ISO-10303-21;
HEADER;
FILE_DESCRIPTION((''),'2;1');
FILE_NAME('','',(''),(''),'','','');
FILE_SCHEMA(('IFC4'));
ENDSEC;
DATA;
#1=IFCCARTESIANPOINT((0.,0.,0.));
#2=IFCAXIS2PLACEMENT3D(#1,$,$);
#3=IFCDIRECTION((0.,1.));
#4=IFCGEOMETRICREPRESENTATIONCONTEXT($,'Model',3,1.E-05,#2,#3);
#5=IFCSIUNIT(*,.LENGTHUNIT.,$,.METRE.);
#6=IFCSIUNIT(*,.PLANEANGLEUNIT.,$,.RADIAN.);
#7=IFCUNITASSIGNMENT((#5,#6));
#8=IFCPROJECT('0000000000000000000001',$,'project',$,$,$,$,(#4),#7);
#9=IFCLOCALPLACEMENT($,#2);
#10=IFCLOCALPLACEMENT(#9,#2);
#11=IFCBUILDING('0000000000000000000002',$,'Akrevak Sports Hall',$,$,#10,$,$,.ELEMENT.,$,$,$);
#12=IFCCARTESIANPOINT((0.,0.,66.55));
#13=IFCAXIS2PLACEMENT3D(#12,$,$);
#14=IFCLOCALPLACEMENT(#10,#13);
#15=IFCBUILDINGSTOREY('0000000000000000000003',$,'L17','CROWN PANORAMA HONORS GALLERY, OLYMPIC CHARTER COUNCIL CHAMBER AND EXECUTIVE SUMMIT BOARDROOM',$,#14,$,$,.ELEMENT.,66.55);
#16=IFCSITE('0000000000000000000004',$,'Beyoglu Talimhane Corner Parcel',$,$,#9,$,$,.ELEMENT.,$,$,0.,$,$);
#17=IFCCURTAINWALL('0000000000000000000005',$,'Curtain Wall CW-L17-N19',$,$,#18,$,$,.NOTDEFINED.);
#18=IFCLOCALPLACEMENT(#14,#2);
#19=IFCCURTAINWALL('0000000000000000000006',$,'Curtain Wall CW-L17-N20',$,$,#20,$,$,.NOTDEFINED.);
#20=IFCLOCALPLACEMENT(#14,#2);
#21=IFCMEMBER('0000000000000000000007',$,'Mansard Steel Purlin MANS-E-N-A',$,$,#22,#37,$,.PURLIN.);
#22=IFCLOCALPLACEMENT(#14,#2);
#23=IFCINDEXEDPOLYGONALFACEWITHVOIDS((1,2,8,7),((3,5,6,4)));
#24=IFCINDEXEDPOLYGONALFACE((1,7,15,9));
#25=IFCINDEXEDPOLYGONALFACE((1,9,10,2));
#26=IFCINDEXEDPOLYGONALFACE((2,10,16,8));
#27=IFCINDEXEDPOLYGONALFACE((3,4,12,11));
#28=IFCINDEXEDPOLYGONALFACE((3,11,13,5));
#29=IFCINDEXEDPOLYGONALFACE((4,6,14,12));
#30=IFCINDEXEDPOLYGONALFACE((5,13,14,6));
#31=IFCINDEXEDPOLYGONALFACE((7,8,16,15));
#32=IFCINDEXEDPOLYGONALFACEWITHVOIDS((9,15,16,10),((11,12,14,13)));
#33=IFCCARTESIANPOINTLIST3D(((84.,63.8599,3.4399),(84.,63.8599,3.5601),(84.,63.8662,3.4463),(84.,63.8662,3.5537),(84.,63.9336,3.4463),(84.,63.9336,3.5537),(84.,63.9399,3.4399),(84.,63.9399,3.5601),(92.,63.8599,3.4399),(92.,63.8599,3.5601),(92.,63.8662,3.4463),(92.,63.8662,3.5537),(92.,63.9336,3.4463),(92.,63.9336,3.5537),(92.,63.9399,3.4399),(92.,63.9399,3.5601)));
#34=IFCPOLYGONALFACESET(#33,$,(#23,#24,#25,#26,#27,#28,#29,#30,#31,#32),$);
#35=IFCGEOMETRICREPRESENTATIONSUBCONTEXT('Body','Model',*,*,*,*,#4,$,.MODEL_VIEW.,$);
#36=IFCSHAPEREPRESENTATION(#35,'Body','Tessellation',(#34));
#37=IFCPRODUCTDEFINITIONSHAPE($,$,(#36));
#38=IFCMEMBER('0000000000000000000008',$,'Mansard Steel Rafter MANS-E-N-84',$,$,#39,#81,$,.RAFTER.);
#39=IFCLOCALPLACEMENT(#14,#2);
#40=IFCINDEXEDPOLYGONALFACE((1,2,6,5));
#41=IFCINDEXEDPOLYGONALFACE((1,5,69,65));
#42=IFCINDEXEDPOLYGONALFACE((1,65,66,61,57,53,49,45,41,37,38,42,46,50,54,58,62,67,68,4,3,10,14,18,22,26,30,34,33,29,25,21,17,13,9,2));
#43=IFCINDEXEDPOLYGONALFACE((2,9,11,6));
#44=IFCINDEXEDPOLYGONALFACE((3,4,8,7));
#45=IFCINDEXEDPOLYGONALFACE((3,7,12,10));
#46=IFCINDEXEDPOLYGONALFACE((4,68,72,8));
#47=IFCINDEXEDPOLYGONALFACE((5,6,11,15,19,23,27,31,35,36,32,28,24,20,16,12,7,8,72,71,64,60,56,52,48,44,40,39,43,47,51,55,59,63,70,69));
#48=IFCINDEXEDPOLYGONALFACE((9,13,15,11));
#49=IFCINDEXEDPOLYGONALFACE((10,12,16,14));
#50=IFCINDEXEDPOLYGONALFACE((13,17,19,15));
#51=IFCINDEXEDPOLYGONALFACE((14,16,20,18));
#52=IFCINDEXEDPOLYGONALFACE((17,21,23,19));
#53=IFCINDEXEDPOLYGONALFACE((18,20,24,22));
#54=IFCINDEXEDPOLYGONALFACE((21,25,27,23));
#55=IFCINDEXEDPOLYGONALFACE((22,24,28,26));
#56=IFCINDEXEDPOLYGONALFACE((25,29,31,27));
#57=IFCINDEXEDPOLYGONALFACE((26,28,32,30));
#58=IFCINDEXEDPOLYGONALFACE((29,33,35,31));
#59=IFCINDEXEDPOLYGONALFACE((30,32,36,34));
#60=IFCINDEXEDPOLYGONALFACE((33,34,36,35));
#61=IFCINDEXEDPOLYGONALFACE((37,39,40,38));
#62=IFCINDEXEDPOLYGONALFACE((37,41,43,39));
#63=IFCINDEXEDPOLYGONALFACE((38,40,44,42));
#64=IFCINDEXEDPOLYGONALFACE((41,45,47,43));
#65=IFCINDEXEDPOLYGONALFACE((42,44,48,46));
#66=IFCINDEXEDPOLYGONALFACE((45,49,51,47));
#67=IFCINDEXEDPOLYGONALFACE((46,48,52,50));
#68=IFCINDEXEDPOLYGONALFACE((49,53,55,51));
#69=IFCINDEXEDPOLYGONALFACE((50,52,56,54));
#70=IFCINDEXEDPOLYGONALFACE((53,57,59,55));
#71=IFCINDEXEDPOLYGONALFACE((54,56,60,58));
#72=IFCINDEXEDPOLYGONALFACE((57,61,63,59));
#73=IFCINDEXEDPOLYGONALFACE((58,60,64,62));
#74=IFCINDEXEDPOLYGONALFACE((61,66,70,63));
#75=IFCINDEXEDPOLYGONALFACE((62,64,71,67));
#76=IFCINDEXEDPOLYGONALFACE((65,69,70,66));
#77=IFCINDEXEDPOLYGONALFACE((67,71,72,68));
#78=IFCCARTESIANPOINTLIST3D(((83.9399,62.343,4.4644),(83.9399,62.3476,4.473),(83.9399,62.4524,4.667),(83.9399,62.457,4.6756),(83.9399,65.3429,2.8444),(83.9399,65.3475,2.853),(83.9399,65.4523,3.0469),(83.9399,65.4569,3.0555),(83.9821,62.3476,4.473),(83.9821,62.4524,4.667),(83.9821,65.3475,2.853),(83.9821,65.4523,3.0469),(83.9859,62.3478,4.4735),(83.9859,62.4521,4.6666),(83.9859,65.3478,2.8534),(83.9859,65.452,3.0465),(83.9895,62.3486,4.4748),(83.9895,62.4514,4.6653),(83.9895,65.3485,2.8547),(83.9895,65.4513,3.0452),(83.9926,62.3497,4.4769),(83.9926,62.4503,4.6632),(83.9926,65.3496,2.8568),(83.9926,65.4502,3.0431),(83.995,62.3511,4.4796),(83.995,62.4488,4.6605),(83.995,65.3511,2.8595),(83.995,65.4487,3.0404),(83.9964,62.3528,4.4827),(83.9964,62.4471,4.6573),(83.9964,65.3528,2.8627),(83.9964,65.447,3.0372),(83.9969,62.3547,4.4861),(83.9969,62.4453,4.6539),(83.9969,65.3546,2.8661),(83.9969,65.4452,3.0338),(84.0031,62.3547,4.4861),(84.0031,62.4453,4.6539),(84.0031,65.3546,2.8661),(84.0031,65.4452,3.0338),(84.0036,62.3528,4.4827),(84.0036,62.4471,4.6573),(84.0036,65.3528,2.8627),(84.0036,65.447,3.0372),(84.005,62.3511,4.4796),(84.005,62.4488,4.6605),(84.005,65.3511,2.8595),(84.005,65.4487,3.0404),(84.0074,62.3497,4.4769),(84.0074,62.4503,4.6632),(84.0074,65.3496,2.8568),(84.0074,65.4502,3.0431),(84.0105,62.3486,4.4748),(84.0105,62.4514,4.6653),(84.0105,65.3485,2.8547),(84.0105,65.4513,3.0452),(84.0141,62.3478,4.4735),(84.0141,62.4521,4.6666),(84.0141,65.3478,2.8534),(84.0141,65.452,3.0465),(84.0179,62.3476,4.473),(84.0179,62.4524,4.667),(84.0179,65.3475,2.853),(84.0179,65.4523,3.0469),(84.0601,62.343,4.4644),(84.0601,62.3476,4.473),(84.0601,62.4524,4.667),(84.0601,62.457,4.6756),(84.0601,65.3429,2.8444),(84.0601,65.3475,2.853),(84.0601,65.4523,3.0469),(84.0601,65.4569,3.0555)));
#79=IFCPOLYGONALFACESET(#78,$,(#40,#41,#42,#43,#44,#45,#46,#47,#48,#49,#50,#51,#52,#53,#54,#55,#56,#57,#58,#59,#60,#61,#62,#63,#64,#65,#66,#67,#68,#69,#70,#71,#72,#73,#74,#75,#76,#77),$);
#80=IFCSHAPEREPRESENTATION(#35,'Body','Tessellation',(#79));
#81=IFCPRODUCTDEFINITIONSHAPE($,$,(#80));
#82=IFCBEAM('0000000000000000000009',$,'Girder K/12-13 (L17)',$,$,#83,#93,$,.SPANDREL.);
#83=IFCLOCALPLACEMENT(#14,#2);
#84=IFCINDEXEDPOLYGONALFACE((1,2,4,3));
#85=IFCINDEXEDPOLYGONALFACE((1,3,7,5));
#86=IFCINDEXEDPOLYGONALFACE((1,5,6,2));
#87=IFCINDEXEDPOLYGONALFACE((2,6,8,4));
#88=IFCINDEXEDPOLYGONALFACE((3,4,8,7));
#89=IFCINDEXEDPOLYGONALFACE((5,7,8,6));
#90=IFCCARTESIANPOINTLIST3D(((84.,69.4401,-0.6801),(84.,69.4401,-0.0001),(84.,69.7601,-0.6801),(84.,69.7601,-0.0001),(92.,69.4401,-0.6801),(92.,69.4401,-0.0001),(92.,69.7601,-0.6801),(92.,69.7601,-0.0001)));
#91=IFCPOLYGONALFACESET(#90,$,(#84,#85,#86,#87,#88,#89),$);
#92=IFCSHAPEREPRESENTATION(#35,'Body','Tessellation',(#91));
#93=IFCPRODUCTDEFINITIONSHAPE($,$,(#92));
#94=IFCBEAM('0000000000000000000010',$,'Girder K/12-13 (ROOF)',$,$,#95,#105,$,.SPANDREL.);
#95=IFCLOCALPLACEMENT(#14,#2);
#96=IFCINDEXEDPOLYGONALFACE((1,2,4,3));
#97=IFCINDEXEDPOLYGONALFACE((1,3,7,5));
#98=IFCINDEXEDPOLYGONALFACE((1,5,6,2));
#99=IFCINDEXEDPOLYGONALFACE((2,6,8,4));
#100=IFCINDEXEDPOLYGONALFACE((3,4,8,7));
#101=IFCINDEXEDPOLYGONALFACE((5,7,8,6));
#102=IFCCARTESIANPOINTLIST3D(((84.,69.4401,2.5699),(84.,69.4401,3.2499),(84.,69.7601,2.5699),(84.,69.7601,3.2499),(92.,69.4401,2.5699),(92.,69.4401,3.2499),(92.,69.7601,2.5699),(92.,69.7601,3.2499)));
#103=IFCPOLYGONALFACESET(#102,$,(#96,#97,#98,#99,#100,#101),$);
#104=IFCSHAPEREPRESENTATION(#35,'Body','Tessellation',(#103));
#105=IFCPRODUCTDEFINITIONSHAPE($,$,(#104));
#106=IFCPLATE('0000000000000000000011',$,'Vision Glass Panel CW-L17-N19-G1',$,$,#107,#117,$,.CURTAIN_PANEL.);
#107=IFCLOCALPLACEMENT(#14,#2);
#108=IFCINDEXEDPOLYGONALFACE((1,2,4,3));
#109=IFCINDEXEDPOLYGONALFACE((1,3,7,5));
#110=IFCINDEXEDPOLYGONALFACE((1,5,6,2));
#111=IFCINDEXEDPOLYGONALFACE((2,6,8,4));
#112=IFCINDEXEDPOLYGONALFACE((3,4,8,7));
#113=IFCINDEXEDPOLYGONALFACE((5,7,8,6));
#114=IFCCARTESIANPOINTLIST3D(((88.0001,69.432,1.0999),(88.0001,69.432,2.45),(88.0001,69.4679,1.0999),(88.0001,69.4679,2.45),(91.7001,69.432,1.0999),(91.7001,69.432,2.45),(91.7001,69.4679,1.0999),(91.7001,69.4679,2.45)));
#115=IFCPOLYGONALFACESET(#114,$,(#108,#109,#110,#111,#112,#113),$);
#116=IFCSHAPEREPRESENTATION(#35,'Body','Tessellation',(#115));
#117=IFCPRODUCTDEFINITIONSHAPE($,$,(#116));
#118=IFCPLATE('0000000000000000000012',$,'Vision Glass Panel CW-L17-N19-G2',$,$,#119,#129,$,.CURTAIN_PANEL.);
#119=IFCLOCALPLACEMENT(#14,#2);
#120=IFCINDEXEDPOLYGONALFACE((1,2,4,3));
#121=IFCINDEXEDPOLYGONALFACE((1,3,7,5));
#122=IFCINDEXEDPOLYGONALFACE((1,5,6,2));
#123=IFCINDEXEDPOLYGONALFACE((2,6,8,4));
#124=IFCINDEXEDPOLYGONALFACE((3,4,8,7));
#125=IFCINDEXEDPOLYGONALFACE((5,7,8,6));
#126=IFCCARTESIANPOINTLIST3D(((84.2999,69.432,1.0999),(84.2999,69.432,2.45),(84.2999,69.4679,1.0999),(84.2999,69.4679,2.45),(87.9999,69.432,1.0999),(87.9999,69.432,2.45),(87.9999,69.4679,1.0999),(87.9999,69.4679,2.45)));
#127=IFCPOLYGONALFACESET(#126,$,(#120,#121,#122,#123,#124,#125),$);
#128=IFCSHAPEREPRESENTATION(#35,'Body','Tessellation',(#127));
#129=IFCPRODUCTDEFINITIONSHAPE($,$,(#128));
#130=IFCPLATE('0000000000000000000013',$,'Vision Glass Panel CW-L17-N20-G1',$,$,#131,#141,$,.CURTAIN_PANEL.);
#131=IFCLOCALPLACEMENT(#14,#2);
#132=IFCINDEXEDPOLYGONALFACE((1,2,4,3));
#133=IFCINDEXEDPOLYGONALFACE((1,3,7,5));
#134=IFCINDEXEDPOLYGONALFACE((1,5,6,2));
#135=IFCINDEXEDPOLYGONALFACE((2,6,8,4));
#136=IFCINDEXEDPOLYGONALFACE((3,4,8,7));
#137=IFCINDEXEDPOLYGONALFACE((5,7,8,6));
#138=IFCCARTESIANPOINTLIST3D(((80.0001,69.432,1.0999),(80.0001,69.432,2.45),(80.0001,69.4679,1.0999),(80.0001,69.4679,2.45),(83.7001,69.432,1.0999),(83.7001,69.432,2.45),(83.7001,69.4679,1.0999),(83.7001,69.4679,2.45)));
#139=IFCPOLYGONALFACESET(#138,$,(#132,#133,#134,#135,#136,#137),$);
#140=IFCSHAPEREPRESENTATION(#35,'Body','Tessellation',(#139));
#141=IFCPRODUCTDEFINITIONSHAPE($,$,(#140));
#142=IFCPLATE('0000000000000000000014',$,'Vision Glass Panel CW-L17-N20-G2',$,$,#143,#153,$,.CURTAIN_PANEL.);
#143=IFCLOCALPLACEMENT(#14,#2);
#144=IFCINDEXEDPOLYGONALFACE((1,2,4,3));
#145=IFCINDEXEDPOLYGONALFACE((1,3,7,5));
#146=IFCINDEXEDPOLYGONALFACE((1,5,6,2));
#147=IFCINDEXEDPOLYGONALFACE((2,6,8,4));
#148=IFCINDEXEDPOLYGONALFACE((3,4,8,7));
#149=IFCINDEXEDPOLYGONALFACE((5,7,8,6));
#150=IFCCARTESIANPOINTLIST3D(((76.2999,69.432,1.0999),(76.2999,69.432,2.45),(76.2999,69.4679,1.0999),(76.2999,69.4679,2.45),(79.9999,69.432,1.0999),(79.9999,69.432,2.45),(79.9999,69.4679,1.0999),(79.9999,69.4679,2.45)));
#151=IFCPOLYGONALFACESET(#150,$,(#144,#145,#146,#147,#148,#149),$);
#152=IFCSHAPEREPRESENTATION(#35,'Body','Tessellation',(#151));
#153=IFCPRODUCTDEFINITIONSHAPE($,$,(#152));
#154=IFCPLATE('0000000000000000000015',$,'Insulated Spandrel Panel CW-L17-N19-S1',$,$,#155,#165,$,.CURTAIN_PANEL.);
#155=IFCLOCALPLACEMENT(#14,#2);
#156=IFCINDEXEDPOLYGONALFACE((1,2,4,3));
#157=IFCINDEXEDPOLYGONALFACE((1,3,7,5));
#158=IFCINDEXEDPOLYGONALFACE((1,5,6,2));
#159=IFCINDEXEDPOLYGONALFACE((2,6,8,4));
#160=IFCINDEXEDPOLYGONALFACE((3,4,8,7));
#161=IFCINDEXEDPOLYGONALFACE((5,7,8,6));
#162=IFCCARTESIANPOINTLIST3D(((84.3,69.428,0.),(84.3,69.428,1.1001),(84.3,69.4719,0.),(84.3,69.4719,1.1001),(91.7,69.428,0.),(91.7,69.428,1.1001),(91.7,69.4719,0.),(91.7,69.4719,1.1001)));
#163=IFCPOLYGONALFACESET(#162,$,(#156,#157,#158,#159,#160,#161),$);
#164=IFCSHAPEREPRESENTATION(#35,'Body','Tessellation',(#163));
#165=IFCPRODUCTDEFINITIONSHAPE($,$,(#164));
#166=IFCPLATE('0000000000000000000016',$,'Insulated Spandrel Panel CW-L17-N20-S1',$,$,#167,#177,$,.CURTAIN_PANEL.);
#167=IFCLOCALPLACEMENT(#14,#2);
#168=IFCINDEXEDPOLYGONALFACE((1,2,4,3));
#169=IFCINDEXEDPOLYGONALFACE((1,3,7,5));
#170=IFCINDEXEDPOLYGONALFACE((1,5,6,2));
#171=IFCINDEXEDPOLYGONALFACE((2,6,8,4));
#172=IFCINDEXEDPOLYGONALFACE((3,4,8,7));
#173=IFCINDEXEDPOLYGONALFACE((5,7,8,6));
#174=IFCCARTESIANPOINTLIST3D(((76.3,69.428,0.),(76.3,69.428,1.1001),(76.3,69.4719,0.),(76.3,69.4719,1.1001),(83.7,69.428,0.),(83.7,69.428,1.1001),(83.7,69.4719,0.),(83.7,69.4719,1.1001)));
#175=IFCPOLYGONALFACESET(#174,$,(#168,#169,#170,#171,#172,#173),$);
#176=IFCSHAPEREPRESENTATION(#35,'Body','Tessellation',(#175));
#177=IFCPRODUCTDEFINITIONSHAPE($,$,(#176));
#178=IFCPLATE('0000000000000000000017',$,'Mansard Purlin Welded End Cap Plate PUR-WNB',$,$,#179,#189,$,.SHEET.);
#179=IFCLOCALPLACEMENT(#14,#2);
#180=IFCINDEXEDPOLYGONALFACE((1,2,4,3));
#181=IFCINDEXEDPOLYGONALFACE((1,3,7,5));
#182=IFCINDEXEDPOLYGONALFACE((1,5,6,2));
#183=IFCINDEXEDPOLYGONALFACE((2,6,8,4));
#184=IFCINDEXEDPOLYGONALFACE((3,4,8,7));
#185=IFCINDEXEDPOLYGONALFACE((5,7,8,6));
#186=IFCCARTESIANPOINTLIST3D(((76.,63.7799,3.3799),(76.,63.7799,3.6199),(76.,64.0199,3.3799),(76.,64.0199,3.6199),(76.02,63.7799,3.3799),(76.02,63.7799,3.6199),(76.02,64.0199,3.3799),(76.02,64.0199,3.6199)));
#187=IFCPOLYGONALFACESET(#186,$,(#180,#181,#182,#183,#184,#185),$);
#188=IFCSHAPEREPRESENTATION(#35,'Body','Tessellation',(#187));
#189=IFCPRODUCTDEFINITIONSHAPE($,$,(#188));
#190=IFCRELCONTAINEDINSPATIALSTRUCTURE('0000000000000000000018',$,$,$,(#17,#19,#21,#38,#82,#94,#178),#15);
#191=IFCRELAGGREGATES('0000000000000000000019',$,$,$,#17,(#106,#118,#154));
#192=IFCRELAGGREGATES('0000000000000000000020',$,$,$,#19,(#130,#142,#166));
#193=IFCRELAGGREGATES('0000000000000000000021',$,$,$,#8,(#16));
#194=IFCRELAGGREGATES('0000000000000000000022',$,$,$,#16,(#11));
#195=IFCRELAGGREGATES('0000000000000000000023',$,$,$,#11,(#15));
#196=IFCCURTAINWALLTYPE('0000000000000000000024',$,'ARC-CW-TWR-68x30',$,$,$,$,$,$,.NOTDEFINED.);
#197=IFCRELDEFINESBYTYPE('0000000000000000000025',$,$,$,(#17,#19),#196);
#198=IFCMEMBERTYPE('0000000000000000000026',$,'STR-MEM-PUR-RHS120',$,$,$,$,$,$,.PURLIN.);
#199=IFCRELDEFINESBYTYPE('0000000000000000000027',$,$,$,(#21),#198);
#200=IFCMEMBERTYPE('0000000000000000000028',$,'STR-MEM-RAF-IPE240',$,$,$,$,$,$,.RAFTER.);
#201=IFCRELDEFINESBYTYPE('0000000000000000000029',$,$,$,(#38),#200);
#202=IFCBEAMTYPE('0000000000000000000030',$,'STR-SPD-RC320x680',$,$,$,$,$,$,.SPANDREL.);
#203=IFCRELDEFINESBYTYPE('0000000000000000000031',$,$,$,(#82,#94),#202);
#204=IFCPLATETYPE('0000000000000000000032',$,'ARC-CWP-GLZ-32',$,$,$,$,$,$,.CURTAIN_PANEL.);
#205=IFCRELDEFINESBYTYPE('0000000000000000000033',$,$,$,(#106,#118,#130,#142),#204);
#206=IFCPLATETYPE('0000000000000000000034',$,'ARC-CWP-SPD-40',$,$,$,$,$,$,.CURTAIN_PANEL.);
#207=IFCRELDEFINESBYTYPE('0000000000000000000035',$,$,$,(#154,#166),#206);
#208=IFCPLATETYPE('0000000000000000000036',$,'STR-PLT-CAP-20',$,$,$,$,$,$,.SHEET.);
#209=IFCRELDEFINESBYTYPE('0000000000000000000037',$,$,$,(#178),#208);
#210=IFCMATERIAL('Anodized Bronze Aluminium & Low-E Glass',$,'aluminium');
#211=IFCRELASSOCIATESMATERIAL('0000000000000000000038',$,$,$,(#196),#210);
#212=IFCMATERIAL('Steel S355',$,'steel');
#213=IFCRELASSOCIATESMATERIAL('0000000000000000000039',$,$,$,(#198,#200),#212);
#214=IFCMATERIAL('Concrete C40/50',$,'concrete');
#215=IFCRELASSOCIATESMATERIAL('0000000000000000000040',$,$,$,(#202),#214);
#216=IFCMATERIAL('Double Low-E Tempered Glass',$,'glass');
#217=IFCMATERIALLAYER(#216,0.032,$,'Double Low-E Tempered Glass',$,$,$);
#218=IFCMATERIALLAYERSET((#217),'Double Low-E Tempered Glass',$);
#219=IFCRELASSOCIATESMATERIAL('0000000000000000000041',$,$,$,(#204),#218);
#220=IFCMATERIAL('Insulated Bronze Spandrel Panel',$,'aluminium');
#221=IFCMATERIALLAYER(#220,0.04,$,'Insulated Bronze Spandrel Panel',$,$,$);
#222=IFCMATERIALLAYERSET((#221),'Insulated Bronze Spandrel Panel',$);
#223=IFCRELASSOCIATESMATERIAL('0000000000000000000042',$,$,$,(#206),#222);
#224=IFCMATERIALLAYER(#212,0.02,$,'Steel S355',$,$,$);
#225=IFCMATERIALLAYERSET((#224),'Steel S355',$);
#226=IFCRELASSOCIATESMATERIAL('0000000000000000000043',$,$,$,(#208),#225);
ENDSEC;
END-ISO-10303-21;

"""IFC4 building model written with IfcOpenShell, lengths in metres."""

from ifc_helpers import new_model, si_unit, direction, frame, origin, origin_2d, place, context, subcontext, project, spatial, rectangle, hollow_rectangle, i_section, extrude, material, layer, layer_set, material_profile, profile_set, type_object, element, aggregate, save


model = new_model("IFC4")

# Units and contexts
model_context = context("Model", 3, precision=1e-05, world=origin(), true_north=direction((0.0, 1.0)))
body_context = subcontext(model_context, "Body", "Model", "MODEL_VIEW")
ifc_project = project(units=[si_unit("LENGTHUNIT", "METRE"), si_unit("PLANEANGLEUNIT", "RADIAN")], contexts=[model_context])

# Site, building, storey
site_placement = place(None, origin())
site = spatial("IfcSite", under=ifc_project, at=site_placement, Name="Beyoglu Talimhane Corner Parcel", CompositionType="ELEMENT", RefElevation=0.0)
building_placement = place(site_placement, origin())
building = spatial("IfcBuilding", under=site, at=building_placement, Name="Akrevak Sports Hall", CompositionType="ELEMENT")
storey_placement = place(building_placement, frame((0.0, 0.0, 66.55)))
storey = spatial("IfcBuildingStorey", under=building, at=storey_placement, Name="L17", Description="CROWN PANORAMA HONORS GALLERY, OLYMPIC CHARTER COUNCIL CHAMBER AND EXECUTIVE SUMMIT BOARDROOM", CompositionType="ELEMENT", Elevation=66.55)

# Shared definitions
ifc_material_1 = material(Name="Concrete C40/50", Category="concrete")

# Curtain walls
ifc_material_2 = material(Name="Anodized Bronze Aluminium & Low-E Glass", Category="aluminium")
curtain_wall_type = type_object("IfcCurtainWallType", Name="ARC-CW-TWR-68x30", PredefinedType="NOTDEFINED", material=ifc_material_2)
curtain_wall_1_placement = place(storey_placement, origin())
curtain_wall_1 = element("IfcCurtainWall", 1, at=curtain_wall_1_placement, inside=storey, type_object=curtain_wall_type, Name="Curtain Wall CW-L17-N19", PredefinedType="NOTDEFINED")
curtain_wall_2_placement = place(storey_placement, origin())
curtain_wall_2 = element("IfcCurtainWall", 2, at=curtain_wall_2_placement, inside=storey, type_object=curtain_wall_type, Name="Curtain Wall CW-L17-N20", PredefinedType="NOTDEFINED")

# Members
ifc_material_3 = material(Name="Steel S355", Category="steel")
ifc_material_profile_1 = material_profile(ifc_material_3, hollow_rectangle(XDim=0.0801, YDim=0.1201, WallThickness=0.0063, at=origin_2d()), Name="RHS 120x80x6.3", Category="steel")
ifc_profile_set_1 = profile_set([ifc_material_profile_1], Name="Steel S355")
member_type_1 = type_object("IfcMemberType", Name="STR-MEM-PUR-RHS120", PredefinedType="PURLIN", material=ifc_profile_set_1)
member_1_placement = place(storey_placement, frame((84.0, 63.8999, 3.5), z_axis=(1.0, 0.0, 0.0), x_axis=(0.0, 1.0, 0.0)))
element("IfcMember", 3, at=member_1_placement, inside=storey, type_object=member_type_1, Name="Mansard Steel Purlin MANS-E-N-A", PredefinedType="PURLIN", context=body_context, shape_type="SweptSolid", body=[
    extrude(hollow_rectangle(XDim=0.0801, YDim=0.1201, WallThickness=0.0063, at=origin_2d()), origin(), (0.0, 0.0, 1.0), 8.0),
])
ifc_material_profile_2 = material_profile(ifc_material_3, i_section(OverallWidth=0.1201, OverallDepth=0.24, WebThickness=0.0061, FlangeThickness=0.0098, FilletRadius=0.0149, at=origin_2d()), Name="IPE 240", Category="steel")
ifc_profile_set_2 = profile_set([ifc_material_profile_2], Name="Steel S355")
member_type_2 = type_object("IfcMemberType", Name="STR-MEM-RAF-IPE240", PredefinedType="RAFTER", material=ifc_profile_set_2)
member_2_placement = place(storey_placement, frame((84.0, 65.3999, 2.95), z_axis=(0.0, -0.879891, 0.475176), x_axis=(1.0, 0.0, 0.0)))
element("IfcMember", 4, at=member_2_placement, inside=storey, type_object=member_type_2, Name="Mansard Steel Rafter MANS-E-N-84", PredefinedType="RAFTER", context=body_context, shape_type="SweptSolid", body=[
    extrude(i_section(OverallWidth=0.1201, OverallDepth=0.24, WebThickness=0.0061, FlangeThickness=0.0098, FilletRadius=0.0149, at=origin_2d()), origin(), (0.0, 0.0, 1.0), 3.4094),
])

# Beams
ifc_material_profile_3 = material_profile(ifc_material_1, rectangle(XDim=0.3201, YDim=0.6799, at=origin_2d()), Name="SPD 320x680", Category="concrete")
ifc_profile_set_3 = profile_set([ifc_material_profile_3], Name="Concrete C40/50")
beam_type = type_object("IfcBeamType", Name="STR-SPD-RC320x680", PredefinedType="SPANDREL", material=ifc_profile_set_3)
for number, where, z_axis, x_axis, name in (
    (5, (84.0, 69.6001, -0.3401), (1.0, 0.0, 0.0), (0.0, 1.0, 0.0), "Girder K/12-13 (L17)"),
    (6, (84.0, 69.6001, 2.9099), (1.0, 0.0, 0.0), (0.0, 1.0, 0.0), "Girder K/12-13 (ROOF)"),
):
    element("IfcBeam", number, at=place(storey_placement, frame(where, z_axis=z_axis, x_axis=x_axis)), inside=storey, type_object=beam_type, Name=name, PredefinedType="SPANDREL", context=body_context, shape_type="SweptSolid", body=[
        extrude(rectangle(XDim=0.3201, YDim=0.6799, at=origin_2d()), origin(), (0.0, 0.0, 1.0), 8.0),
    ])

# Plates
ifc_material_4 = material(Name="Double Low-E Tempered Glass", Category="glass")
ifc_layer_1 = layer(ifc_material_4, 0.032, Name="Double Low-E Tempered Glass")
ifc_layer_set_1 = layer_set([ifc_layer_1], Name="Double Low-E Tempered Glass")
plate_type_1 = type_object("IfcPlateType", Name="ARC-CWP-GLZ-32", PredefinedType="CURTAIN_PANEL", material=ifc_layer_set_1)
plate_1_placement = place(storey_placement, frame((89.8501, 69.45, 1.0999), z_axis=(0.0, 0.0, 1.0), x_axis=(-1.0, 0.0, 0.0)))
plate_1 = element("IfcPlate", 7, at=plate_1_placement, type_object=plate_type_1, Name="Vision Glass Panel CW-L17-N19-G1", PredefinedType="CURTAIN_PANEL", context=body_context, shape_type="SweptSolid", body=[
    extrude(rectangle(XDim=3.7, YDim=0.0359, at=origin_2d()), origin(), (0.0, 0.0, 1.0), 1.3501),
])
plate_2_placement = place(storey_placement, frame((86.1499, 69.45, 1.0999), z_axis=(0.0, 0.0, 1.0), x_axis=(-1.0, 0.0, 0.0)))
plate_2 = element("IfcPlate", 8, at=plate_2_placement, type_object=plate_type_1, Name="Vision Glass Panel CW-L17-N19-G2", PredefinedType="CURTAIN_PANEL", context=body_context, shape_type="SweptSolid", body=[
    extrude(rectangle(XDim=3.7, YDim=0.0359, at=origin_2d()), origin(), (0.0, 0.0, 1.0), 1.3501),
])
plate_3_placement = place(storey_placement, frame((81.8501, 69.45, 1.0999), z_axis=(0.0, 0.0, 1.0), x_axis=(-1.0, 0.0, 0.0)))
plate_3 = element("IfcPlate", 9, at=plate_3_placement, type_object=plate_type_1, Name="Vision Glass Panel CW-L17-N20-G1", PredefinedType="CURTAIN_PANEL", context=body_context, shape_type="SweptSolid", body=[
    extrude(rectangle(XDim=3.7, YDim=0.0359, at=origin_2d()), origin(), (0.0, 0.0, 1.0), 1.3501),
])
plate_4_placement = place(storey_placement, frame((78.1499, 69.45, 1.0999), z_axis=(0.0, 0.0, 1.0), x_axis=(-1.0, 0.0, 0.0)))
plate_4 = element("IfcPlate", 10, at=plate_4_placement, type_object=plate_type_1, Name="Vision Glass Panel CW-L17-N20-G2", PredefinedType="CURTAIN_PANEL", context=body_context, shape_type="SweptSolid", body=[
    extrude(rectangle(XDim=3.7, YDim=0.0359, at=origin_2d()), origin(), (0.0, 0.0, 1.0), 1.3501),
])
ifc_material_5 = material(Name="Insulated Bronze Spandrel Panel", Category="aluminium")
ifc_layer_2 = layer(ifc_material_5, 0.04, Name="Insulated Bronze Spandrel Panel")
ifc_layer_set_2 = layer_set([ifc_layer_2], Name="Insulated Bronze Spandrel Panel")
plate_type_2 = type_object("IfcPlateType", Name="ARC-CWP-SPD-40", PredefinedType="CURTAIN_PANEL", material=ifc_layer_set_2)
plate_5_placement = place(storey_placement, frame((88.0, 69.45, 0.0), z_axis=(0.0, 0.0, 1.0), x_axis=(-1.0, 0.0, 0.0)))
plate_5 = element("IfcPlate", 11, at=plate_5_placement, type_object=plate_type_2, Name="Insulated Spandrel Panel CW-L17-N19-S1", PredefinedType="CURTAIN_PANEL", context=body_context, shape_type="SweptSolid", body=[
    extrude(rectangle(XDim=7.3999, YDim=0.0439, at=origin_2d()), origin(), (0.0, 0.0, 1.0), 1.1001),
])
aggregate(curtain_wall_1, [plate_1, plate_2, plate_5])
plate_6_placement = place(storey_placement, frame((80.0, 69.45, 0.0), z_axis=(0.0, 0.0, 1.0), x_axis=(-1.0, 0.0, 0.0)))
plate_6 = element("IfcPlate", 12, at=plate_6_placement, type_object=plate_type_2, Name="Insulated Spandrel Panel CW-L17-N20-S1", PredefinedType="CURTAIN_PANEL", context=body_context, shape_type="SweptSolid", body=[
    extrude(rectangle(XDim=7.3999, YDim=0.0439, at=origin_2d()), origin(), (0.0, 0.0, 1.0), 1.1001),
])
aggregate(curtain_wall_2, [plate_3, plate_4, plate_6])

# Plate
ifc_layer_3 = layer(ifc_material_3, 0.02, Name="Steel S355")
ifc_layer_set_3 = layer_set([ifc_layer_3], Name="Steel S355")
plate_type_3 = type_object("IfcPlateType", Name="STR-PLT-CAP-20", PredefinedType="SHEET", material=ifc_layer_set_3)
for number, where, z_axis, x_axis, name in (
    (13, (76.01, 63.8999, 3.3799), (0.0, 0.0, 1.0), (1.0, 0.0, 0.0), "Mansard Purlin Welded End Cap Plate PUR-WNB"),
):
    element("IfcPlate", number, at=place(storey_placement, frame(where, z_axis=z_axis, x_axis=x_axis)), inside=storey, type_object=plate_type_3, Name=name, PredefinedType="SHEET", context=body_context, shape_type="SweptSolid", body=[
        extrude(rectangle(XDim=0.02, YDim=0.24, at=origin_2d()), origin(), (0.0, 0.0, 1.0), 0.24),
    ])

save(model, "model.ifc")
